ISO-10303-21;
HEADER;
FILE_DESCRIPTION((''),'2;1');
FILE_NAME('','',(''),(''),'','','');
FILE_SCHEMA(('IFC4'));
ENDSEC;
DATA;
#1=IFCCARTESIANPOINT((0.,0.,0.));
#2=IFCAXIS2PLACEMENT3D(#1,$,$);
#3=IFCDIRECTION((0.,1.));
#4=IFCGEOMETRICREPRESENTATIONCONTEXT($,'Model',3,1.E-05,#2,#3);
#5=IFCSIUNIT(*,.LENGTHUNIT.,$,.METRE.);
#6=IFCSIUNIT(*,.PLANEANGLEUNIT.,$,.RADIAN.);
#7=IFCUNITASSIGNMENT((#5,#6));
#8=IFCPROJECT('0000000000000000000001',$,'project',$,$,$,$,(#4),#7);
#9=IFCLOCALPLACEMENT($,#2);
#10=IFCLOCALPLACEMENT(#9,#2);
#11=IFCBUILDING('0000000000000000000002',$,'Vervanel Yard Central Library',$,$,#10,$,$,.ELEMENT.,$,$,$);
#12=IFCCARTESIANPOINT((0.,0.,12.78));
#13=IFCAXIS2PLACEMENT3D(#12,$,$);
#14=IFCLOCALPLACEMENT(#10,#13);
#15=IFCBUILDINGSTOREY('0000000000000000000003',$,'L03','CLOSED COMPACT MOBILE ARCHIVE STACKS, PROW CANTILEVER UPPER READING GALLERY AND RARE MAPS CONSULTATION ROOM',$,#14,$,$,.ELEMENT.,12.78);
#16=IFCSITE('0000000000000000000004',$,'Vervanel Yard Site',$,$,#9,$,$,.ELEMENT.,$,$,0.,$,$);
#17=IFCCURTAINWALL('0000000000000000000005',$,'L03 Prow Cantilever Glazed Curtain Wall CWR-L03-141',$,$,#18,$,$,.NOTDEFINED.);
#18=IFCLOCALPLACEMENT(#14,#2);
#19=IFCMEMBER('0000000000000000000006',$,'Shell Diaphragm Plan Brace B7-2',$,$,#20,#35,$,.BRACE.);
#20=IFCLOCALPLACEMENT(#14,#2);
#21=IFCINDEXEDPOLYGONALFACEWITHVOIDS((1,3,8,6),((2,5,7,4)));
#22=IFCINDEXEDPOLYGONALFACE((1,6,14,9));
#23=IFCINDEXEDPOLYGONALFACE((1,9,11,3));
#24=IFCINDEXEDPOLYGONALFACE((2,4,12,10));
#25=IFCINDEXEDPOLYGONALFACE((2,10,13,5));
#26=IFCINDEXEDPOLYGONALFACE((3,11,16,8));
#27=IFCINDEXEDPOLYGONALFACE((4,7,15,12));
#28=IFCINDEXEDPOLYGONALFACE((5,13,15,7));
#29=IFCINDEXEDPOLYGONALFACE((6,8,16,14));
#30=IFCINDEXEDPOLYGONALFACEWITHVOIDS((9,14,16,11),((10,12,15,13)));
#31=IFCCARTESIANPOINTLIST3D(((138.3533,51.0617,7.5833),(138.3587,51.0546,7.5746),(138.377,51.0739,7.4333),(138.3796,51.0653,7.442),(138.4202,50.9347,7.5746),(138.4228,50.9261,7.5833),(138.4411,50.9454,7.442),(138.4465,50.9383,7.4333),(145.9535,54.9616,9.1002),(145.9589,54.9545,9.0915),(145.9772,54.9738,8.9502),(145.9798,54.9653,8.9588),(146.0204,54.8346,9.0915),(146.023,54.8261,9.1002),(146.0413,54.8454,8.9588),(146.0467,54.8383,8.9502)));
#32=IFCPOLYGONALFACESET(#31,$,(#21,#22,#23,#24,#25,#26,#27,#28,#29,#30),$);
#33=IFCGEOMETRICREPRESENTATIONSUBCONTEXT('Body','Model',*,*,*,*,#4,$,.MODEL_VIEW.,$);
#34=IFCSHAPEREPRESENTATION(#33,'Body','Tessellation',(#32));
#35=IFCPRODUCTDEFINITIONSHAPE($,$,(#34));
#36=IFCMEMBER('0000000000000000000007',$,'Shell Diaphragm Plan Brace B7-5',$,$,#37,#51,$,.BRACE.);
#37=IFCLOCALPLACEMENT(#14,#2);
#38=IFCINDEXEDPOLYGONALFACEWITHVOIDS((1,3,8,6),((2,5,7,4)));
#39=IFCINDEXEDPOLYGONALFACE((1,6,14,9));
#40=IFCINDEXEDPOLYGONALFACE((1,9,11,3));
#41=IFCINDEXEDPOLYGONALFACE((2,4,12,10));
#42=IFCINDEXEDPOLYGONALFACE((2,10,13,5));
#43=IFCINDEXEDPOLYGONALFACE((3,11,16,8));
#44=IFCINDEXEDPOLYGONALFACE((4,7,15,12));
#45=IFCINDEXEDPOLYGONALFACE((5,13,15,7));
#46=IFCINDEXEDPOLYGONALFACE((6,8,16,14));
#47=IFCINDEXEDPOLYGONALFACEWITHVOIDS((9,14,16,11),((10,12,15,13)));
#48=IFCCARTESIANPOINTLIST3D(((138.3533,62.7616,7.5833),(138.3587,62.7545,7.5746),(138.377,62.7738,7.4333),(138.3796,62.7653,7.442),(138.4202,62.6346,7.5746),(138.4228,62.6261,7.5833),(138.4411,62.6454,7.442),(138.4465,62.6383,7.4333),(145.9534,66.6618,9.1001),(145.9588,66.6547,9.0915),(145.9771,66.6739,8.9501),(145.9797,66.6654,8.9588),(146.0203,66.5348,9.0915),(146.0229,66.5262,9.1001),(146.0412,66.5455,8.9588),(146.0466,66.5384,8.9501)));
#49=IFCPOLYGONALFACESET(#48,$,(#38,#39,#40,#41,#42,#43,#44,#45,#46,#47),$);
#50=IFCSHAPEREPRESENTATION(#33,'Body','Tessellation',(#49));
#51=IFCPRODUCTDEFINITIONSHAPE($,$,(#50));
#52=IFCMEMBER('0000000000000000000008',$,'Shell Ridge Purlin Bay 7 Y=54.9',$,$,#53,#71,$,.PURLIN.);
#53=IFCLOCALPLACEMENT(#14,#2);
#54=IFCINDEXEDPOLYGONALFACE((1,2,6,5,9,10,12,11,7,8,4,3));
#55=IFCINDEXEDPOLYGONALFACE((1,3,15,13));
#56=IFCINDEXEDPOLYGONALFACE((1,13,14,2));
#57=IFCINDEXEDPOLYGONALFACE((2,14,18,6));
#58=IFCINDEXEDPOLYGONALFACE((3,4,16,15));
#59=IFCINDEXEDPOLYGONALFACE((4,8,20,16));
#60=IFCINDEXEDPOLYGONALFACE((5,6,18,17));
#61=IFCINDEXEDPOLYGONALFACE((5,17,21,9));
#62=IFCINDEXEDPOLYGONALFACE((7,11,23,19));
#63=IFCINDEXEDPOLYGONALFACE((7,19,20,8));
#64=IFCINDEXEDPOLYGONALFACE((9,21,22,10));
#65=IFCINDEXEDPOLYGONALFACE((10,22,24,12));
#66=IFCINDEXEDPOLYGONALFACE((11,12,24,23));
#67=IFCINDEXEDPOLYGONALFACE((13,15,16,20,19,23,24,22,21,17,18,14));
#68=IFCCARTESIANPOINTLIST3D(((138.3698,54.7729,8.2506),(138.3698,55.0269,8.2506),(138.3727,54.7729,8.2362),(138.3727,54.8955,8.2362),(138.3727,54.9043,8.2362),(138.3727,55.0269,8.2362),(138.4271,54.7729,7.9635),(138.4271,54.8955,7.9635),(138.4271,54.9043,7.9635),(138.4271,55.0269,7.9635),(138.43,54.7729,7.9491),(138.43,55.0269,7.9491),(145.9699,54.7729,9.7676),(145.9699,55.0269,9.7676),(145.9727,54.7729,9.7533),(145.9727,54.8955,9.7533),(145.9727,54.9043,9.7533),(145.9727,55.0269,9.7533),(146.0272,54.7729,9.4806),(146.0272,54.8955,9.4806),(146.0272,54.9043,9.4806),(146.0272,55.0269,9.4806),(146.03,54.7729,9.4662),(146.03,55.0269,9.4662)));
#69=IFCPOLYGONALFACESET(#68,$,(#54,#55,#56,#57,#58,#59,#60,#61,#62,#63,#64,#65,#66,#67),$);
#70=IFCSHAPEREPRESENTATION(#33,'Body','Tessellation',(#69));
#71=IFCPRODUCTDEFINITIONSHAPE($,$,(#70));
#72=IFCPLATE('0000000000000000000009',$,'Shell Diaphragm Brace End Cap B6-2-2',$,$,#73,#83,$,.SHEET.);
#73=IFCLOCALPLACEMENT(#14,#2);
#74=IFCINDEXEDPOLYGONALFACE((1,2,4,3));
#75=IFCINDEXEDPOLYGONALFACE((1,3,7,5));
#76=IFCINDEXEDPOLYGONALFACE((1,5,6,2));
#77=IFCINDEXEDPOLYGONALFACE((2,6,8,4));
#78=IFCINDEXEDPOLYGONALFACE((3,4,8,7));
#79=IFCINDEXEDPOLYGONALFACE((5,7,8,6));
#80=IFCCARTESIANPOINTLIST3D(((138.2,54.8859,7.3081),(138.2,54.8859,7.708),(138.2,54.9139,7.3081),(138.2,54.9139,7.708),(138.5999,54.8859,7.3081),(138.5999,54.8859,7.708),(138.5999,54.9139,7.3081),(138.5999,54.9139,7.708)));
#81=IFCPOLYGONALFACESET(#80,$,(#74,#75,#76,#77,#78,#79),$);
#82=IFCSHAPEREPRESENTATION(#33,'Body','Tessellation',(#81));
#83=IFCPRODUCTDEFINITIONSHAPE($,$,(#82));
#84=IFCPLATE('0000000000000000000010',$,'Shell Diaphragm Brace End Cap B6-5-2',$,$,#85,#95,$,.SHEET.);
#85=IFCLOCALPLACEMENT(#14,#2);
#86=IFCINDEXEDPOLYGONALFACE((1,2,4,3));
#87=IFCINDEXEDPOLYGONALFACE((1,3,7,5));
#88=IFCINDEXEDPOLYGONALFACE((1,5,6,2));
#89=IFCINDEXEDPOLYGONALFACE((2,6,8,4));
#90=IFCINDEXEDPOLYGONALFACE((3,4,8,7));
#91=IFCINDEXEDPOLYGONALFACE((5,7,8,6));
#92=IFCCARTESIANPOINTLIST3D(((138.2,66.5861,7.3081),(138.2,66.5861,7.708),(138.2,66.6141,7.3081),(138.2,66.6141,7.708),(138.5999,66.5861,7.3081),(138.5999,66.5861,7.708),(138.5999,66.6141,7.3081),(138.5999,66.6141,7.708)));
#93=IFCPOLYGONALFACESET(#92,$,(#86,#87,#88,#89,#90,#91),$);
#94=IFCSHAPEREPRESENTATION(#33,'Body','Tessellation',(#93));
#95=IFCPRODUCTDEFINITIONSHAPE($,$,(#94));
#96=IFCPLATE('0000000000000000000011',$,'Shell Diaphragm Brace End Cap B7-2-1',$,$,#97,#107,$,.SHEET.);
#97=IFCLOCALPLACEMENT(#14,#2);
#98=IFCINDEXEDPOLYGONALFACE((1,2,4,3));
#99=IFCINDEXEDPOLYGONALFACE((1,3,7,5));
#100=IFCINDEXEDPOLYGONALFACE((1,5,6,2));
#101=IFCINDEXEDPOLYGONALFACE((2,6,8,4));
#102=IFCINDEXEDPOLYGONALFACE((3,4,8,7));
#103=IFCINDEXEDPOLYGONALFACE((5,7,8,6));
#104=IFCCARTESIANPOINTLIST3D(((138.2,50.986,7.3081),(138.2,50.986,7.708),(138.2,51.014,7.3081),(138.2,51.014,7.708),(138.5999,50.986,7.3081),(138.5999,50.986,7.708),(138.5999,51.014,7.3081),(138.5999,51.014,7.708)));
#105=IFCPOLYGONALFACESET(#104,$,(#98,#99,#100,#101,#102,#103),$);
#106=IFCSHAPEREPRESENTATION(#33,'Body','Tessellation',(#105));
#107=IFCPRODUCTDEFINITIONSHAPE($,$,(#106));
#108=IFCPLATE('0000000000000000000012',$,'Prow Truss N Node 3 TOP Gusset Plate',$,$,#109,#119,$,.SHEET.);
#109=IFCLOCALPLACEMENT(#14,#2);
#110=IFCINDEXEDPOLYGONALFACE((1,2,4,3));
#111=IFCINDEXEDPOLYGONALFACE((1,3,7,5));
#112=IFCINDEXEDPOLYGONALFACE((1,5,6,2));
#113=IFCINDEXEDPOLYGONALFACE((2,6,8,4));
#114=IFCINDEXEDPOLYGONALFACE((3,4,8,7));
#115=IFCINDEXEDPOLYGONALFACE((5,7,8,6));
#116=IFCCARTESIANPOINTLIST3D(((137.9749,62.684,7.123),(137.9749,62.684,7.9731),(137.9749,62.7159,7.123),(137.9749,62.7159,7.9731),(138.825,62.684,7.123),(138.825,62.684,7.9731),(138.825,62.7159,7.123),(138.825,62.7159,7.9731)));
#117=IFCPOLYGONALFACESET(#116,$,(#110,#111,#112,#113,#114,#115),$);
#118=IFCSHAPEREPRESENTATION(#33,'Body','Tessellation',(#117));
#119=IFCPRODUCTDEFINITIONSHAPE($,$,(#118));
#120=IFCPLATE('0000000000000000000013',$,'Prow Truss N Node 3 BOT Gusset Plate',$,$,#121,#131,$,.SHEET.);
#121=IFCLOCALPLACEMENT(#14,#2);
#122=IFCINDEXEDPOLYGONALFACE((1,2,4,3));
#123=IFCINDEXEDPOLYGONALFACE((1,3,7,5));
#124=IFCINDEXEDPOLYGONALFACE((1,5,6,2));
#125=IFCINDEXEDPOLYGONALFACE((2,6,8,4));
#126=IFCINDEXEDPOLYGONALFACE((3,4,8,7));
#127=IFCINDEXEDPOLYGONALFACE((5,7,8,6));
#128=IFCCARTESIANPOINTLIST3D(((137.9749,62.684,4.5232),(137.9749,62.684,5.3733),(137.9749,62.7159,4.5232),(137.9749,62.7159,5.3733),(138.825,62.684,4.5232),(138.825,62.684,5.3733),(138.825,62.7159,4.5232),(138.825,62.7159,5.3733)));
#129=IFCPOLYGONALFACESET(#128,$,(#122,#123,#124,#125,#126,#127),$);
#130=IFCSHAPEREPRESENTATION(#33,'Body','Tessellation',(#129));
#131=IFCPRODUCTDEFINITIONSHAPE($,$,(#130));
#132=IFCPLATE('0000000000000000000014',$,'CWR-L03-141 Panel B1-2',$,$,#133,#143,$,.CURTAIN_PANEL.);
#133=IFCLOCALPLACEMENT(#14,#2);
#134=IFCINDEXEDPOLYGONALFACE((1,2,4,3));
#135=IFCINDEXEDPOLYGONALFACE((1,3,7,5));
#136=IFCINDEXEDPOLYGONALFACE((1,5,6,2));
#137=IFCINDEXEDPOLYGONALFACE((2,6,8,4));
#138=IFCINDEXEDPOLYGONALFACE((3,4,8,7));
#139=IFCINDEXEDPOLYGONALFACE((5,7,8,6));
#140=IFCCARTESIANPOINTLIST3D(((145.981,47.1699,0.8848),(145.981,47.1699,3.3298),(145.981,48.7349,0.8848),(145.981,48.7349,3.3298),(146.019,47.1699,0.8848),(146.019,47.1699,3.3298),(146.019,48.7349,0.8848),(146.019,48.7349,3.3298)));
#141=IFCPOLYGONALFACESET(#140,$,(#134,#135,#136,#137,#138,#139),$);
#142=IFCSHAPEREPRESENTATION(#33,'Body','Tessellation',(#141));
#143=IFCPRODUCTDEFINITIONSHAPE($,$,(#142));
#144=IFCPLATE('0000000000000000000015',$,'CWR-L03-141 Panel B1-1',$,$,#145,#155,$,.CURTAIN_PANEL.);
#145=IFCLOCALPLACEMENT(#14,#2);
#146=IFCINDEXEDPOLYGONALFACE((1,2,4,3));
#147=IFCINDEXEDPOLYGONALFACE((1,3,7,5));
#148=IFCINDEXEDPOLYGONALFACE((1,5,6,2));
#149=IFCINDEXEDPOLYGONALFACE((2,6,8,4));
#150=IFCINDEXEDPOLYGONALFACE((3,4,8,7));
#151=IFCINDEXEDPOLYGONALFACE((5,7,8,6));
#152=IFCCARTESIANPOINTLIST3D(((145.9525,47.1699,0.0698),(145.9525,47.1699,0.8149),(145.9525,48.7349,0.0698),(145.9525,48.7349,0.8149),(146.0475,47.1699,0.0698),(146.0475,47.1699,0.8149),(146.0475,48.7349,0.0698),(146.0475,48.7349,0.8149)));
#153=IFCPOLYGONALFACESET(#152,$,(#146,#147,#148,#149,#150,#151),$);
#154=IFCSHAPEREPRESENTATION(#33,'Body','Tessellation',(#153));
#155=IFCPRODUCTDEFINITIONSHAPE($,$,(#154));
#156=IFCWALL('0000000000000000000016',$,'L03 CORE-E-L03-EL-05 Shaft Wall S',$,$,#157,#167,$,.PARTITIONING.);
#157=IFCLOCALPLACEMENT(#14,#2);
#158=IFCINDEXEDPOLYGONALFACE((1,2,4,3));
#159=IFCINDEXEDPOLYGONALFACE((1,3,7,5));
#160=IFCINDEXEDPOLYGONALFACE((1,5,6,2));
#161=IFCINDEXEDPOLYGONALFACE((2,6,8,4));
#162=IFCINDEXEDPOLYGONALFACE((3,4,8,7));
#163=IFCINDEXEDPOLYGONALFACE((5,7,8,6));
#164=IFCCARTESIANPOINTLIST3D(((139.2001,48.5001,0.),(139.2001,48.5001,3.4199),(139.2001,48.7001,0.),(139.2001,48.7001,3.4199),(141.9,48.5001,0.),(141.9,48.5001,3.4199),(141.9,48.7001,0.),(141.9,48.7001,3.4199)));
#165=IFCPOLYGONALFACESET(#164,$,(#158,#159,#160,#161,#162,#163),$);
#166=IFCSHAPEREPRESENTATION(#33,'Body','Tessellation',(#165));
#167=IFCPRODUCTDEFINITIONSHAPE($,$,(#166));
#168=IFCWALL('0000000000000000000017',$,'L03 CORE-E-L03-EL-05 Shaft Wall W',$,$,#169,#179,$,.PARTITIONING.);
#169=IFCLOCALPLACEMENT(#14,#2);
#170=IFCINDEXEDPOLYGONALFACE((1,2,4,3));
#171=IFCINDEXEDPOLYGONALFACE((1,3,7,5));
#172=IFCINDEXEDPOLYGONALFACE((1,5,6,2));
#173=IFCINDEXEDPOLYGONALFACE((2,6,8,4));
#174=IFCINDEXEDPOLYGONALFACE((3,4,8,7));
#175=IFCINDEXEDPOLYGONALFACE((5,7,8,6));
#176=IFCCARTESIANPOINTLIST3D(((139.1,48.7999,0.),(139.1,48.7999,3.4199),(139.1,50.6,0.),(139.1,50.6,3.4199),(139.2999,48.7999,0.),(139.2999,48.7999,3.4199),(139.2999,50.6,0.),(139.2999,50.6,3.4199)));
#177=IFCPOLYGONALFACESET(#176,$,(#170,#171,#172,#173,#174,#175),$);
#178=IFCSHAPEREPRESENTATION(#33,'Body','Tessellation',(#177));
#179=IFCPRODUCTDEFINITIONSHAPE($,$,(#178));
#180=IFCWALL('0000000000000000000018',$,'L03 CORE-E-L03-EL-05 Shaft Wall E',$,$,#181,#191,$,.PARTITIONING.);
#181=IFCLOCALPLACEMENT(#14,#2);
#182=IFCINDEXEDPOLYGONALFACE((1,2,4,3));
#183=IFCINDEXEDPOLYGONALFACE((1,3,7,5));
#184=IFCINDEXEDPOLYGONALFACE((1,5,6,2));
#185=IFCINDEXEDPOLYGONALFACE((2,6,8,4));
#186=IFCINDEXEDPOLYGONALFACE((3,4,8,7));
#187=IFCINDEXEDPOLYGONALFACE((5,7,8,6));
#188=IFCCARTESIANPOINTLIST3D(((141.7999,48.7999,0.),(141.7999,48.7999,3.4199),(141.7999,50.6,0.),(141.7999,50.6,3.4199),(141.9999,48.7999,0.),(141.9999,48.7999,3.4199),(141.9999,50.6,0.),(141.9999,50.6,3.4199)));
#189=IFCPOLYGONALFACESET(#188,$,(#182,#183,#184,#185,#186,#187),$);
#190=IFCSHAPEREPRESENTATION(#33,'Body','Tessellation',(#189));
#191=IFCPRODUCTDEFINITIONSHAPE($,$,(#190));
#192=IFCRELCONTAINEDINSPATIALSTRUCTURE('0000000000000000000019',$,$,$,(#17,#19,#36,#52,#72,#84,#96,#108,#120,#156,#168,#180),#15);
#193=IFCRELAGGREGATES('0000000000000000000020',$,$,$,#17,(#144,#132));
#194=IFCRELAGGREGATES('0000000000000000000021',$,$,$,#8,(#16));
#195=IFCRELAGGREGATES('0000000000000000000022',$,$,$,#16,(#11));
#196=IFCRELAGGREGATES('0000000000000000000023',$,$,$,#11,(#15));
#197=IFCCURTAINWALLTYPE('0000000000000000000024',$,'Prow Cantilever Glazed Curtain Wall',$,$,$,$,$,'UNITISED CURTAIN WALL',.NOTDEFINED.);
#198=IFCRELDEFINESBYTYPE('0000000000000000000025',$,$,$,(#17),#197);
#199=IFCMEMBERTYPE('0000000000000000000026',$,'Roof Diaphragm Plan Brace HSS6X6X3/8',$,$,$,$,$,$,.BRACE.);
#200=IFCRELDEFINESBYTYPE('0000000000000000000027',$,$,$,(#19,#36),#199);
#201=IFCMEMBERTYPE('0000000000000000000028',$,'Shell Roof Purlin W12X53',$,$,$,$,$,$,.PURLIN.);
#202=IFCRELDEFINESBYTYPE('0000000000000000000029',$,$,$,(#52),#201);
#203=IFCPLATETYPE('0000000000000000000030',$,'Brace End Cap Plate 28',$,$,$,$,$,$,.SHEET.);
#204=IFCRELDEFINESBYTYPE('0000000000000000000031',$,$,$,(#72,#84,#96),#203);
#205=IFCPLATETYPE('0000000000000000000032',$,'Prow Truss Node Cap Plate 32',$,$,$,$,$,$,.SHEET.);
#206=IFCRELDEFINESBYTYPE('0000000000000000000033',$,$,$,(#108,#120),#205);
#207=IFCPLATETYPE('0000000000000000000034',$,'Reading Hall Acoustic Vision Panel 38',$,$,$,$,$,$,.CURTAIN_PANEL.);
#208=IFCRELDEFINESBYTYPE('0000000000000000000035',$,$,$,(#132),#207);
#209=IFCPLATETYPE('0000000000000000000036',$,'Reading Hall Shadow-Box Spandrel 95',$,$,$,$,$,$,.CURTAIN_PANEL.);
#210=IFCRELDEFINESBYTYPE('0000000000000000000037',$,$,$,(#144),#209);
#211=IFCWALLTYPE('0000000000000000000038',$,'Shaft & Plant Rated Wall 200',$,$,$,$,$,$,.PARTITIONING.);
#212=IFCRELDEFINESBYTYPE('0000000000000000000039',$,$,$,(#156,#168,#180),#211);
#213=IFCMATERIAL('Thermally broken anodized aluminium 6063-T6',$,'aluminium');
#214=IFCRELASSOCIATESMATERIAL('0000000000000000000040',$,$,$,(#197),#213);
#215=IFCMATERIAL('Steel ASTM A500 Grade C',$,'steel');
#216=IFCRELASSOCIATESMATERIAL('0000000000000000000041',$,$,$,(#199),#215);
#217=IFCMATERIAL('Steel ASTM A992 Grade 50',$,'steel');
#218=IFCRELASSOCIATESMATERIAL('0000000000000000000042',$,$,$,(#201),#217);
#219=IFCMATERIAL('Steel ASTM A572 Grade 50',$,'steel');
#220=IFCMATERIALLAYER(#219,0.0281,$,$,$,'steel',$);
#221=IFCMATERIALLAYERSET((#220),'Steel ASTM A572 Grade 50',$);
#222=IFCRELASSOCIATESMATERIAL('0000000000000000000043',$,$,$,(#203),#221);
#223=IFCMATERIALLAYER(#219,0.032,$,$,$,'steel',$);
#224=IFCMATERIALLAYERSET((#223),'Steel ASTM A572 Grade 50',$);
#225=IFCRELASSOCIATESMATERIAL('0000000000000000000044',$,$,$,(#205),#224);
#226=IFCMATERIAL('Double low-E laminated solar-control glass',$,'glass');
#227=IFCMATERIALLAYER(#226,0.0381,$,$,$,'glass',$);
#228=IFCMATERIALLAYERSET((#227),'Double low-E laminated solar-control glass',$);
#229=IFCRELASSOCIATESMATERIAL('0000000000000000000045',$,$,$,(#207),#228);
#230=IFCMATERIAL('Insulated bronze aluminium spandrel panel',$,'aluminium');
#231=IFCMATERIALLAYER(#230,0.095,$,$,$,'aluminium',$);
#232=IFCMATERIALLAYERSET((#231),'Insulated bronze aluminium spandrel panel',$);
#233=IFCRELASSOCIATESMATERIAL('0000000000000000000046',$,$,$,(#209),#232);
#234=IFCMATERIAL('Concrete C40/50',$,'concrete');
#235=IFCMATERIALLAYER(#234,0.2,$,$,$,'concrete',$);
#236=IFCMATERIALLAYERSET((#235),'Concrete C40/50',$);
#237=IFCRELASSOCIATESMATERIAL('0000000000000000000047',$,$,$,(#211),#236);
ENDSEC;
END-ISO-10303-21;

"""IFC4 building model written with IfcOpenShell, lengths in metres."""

from ifc_helpers import new_model, si_unit, direction, frame, frame_2d, origin, origin_2d, place, context, subcontext, project, spatial, rectangle, hollow_rectangle, i_section, extrude, material, layer, layer_set, material_profile, profile_set, type_object, element, aggregate, save


model = new_model("IFC4")

# Units and contexts
model_context = context("Model", 3, precision=1e-05, world=origin(), true_north=direction((0.0, 1.0)))
body_context = subcontext(model_context, "Body", "Model", "MODEL_VIEW")
ifc_project = project(units=[si_unit("LENGTHUNIT", "METRE"), si_unit("PLANEANGLEUNIT", "RADIAN")], contexts=[model_context])

# Site, building, storey
site_placement = place(None, origin())
site = spatial("IfcSite", under=ifc_project, at=site_placement, Name="Vervanel Yard Site", CompositionType="ELEMENT", RefElevation=0.0)
building_placement = place(site_placement, origin())
building = spatial("IfcBuilding", under=site, at=building_placement, Name="Vervanel Yard Central Library", CompositionType="ELEMENT")
storey_placement = place(building_placement, frame((0.0, 0.0, 12.78)))
storey = spatial("IfcBuildingStorey", under=building, at=storey_placement, Name="L03", Description="CLOSED COMPACT MOBILE ARCHIVE STACKS, PROW CANTILEVER UPPER READING GALLERY AND RARE MAPS CONSULTATION ROOM", CompositionType="ELEMENT", Elevation=12.78)

# Shared definitions
ifc_material_1 = material(Name="Steel ASTM A992 Grade 50", Category="steel")
ifc_material_2 = material(Name="Steel ASTM A500 Grade C", Category="steel")

# Curtain wall
ifc_material_3 = material(Name="Thermally broken anodized aluminium 6063-T6", Category="aluminium")
curtain_wall_type = type_object("IfcCurtainWallType", Name="Prow Cantilever Glazed Curtain Wall", ElementType="UNITISED CURTAIN WALL", PredefinedType="NOTDEFINED", material=ifc_material_3)
curtain_wall_placement = place(storey_placement, origin())
curtain_wall = element("IfcCurtainWall", 1, at=curtain_wall_placement, inside=storey, type_object=curtain_wall_type, Name="L03 Prow Cantilever Glazed Curtain Wall CWR-L03-141", PredefinedType="NOTDEFINED")

# Members
ifc_material_profile_1 = material_profile(ifc_material_2, hollow_rectangle(XDim=0.1523, YDim=0.1523, WallThickness=0.0088, at=origin_2d()), Name="HSS6X6X3/8", Category="steel")
ifc_profile_set_1 = profile_set([ifc_material_profile_1], Name="Steel ASTM A500 Grade C")
member_type_1 = type_object("IfcMemberType", Name="Roof Diaphragm Plan Brace HSS6X6X3/8", PredefinedType="BRACE", material=ifc_profile_set_1)
for number, where, z_axis, x_axis, name in (
    (2, (138.3999, 51.0, 7.5083), (0.875999, 0.449509, 0.174834), (-0.456541, 0.889703, 0.0), "Shell Diaphragm Plan Brace B7-2"),
    (3, (138.3999, 62.7, 7.5083), (0.875988, 0.449531, 0.174832), (-0.456563, 0.889691, 0.0), "Shell Diaphragm Plan Brace B7-5"),
):
    element("IfcMember", number, at=place(storey_placement, frame(where, z_axis=z_axis, x_axis=x_axis)), inside=storey, type_object=member_type_1, Name=name, PredefinedType="BRACE", context=body_context, shape_type="SweptSolid", body=[
        extrude(hollow_rectangle(XDim=0.1523, YDim=0.1523, WallThickness=0.0088, at=origin_2d()), origin(), (0.0, 0.0, 1.0), 8.676),
    ])
ifc_material_profile_2 = material_profile(ifc_material_1, i_section(OverallWidth=0.2539, OverallDepth=0.3074, WebThickness=0.0088, FlangeThickness=0.0146, at=origin_2d()), Name="W12X53", Category="steel")
ifc_profile_set_2 = profile_set([ifc_material_profile_2], Name="Steel ASTM A992 Grade 50")
member_type_2 = type_object("IfcMemberType", Name="Shell Roof Purlin W12X53", PredefinedType="PURLIN", material=ifc_profile_set_2)
member_1_placement = place(storey_placement, frame((138.3999, 54.8999, 8.0999), z_axis=(0.980653, 0.0, 0.195753), x_axis=(0.0, 1.0, 0.0)))
element("IfcMember", 4, at=member_1_placement, inside=storey, type_object=member_type_2, Name="Shell Ridge Purlin Bay 7 Y=54.9", PredefinedType="PURLIN", context=body_context, shape_type="SweptSolid", body=[
    extrude(i_section(OverallWidth=0.2539, OverallDepth=0.3074, WebThickness=0.0088, FlangeThickness=0.0146, at=origin_2d()), origin(), (0.0, 0.0, 1.0), 7.75),
])

# Plates
ifc_material_4 = material(Name="Steel ASTM A572 Grade 50", Category="steel")
ifc_layer_1 = layer(ifc_material_4, 0.0281, Category="steel")
ifc_layer_set_1 = layer_set([ifc_layer_1], Name="Steel ASTM A572 Grade 50")
plate_type_1 = type_object("IfcPlateType", Name="Brace End Cap Plate 28", PredefinedType="SHEET", material=ifc_layer_set_1)
for number, where, z_axis, x_axis, name in (
    (5, (138.3999, 54.8999, 7.3081), (0.0, 0.0, 1.0), (1.0, 0.0, 0.0), "Shell Diaphragm Brace End Cap B6-2-2"),
    (6, (138.3999, 66.6001, 7.3081), (0.0, 0.0, 1.0), (1.0, 0.0, 0.0), "Shell Diaphragm Brace End Cap B6-5-2"),
    (7, (138.3999, 51.0, 7.3081), (0.0, 0.0, 1.0), (1.0, 0.0, 0.0), "Shell Diaphragm Brace End Cap B7-2-1"),
):
    element("IfcPlate", number, at=place(storey_placement, frame(where, z_axis=z_axis, x_axis=x_axis)), inside=storey, type_object=plate_type_1, Name=name, PredefinedType="SHEET", context=body_context, shape_type="SweptSolid", body=[
        extrude(rectangle(XDim=0.3999, YDim=0.0281, at=origin_2d()), origin(), (0.0, 0.0, 1.0), 0.3999),
    ])
ifc_layer_2 = layer(ifc_material_4, 0.032, Category="steel")
ifc_layer_set_2 = layer_set([ifc_layer_2], Name="Steel ASTM A572 Grade 50")
plate_type_2 = type_object("IfcPlateType", Name="Prow Truss Node Cap Plate 32", PredefinedType="SHEET", material=ifc_layer_set_2)
for number, where, z_axis, x_axis, name in (
    (8, (138.3999, 62.7, 7.123), (0.0, 0.0, 1.0), (1.0, 0.0, 0.0), "Prow Truss N Node 3 TOP Gusset Plate"),
    (9, (138.3999, 62.7, 4.5232), (0.0, 0.0, 1.0), (1.0, 0.0, 0.0), "Prow Truss N Node 3 BOT Gusset Plate"),
):
    element("IfcPlate", number, at=place(storey_placement, frame(where, z_axis=z_axis, x_axis=x_axis)), inside=storey, type_object=plate_type_2, Name=name, PredefinedType="SHEET", context=body_context, shape_type="SweptSolid", body=[
        extrude(rectangle(XDim=0.8501, YDim=0.032, at=origin_2d()), origin(), (0.0, 0.0, 1.0), 0.8501),
    ])

# Plates
ifc_material_5 = material(Name="Double low-E laminated solar-control glass", Category="glass")
ifc_layer_3 = layer(ifc_material_5, 0.0381, Category="glass")
ifc_layer_set_3 = layer_set([ifc_layer_3], Name="Double low-E laminated solar-control glass")
plate_type_3 = type_object("IfcPlateType", Name="Reading Hall Acoustic Vision Panel 38", PredefinedType="CURTAIN_PANEL", material=ifc_layer_set_3)
plate_1_placement = place(storey_placement, frame((146.0, 47.9524, 0.8848), z_axis=(0.0, 0.0, 1.0), x_axis=(0.0, 1.0, 0.0)))
plate_1 = element("IfcPlate", 10, at=plate_1_placement, type_object=plate_type_3, Name="CWR-L03-141 Panel B1-2", PredefinedType="CURTAIN_PANEL", context=body_context, shape_type="SweptSolid", body=[
    extrude(rectangle(XDim=1.5649, YDim=0.0381, at=origin_2d()), origin(), (0.0, 0.0, 1.0), 2.4451),
])
ifc_material_6 = material(Name="Insulated bronze aluminium spandrel panel", Category="aluminium")
ifc_layer_4 = layer(ifc_material_6, 0.095, Category="aluminium")
ifc_layer_set_4 = layer_set([ifc_layer_4], Name="Insulated bronze aluminium spandrel panel")
plate_type_4 = type_object("IfcPlateType", Name="Reading Hall Shadow-Box Spandrel 95", PredefinedType="CURTAIN_PANEL", material=ifc_layer_set_4)
plate_2_placement = place(storey_placement, frame((146.0, 47.9524, 0.0698), z_axis=(0.0, 0.0, 1.0), x_axis=(0.0, 1.0, 0.0)))
plate_2 = element("IfcPlate", 11, at=plate_2_placement, type_object=plate_type_4, Name="CWR-L03-141 Panel B1-1", PredefinedType="CURTAIN_PANEL", context=body_context, shape_type="SweptSolid", body=[
    extrude(rectangle(XDim=1.5649, YDim=0.095, at=origin_2d()), origin(), (0.0, 0.0, 1.0), 0.7451),
])
aggregate(curtain_wall, [plate_2, plate_1])

# Wall
ifc_material_7 = material(Name="Concrete C40/50", Category="concrete")
ifc_layer_5 = layer(ifc_material_7, 0.2, Category="concrete")
ifc_layer_set_5 = layer_set([ifc_layer_5], Name="Concrete C40/50")
wall_type = type_object("IfcWallType", Name="Shaft & Plant Rated Wall 200", PredefinedType="PARTITIONING", material=ifc_layer_set_5)
wall_1_placement = place(storey_placement, frame((139.2, 48.6001, 0.0), z_axis=(0.0, 0.0, 1.0), x_axis=(1.0, 0.0, 0.0)))
element("IfcWall", 12, at=wall_1_placement, inside=storey, type_object=wall_type, Name="L03 CORE-E-L03-EL-05 Shaft Wall S", PredefinedType="PARTITIONING", context=body_context, shape_type="SweptSolid", body=[
    extrude(rectangle(XDim=2.7, YDim=0.2, at=frame_2d((1.3501, 0.0))), origin(), (0.0, 0.0, 1.0), 3.4199),
])

# Walls
for number, where, z_axis, x_axis, name in (
    (13, (139.2, 48.8, 0.0), (0.0, 0.0, 1.0), (0.0, 1.0, 0.0), "L03 CORE-E-L03-EL-05 Shaft Wall W"),
    (14, (141.8999, 48.8, 0.0), (0.0, 0.0, 1.0), (0.0, 1.0, 0.0), "L03 CORE-E-L03-EL-05 Shaft Wall E"),
):
    element("IfcWall", number, at=place(storey_placement, frame(where, z_axis=z_axis, x_axis=x_axis)), inside=storey, type_object=wall_type, Name=name, PredefinedType="PARTITIONING", context=body_context, shape_type="SweptSolid", body=[
        extrude(rectangle(XDim=1.8, YDim=0.2, at=frame_2d((0.8999, 0.0))), origin(), (0.0, 0.0, 1.0), 3.4199),
    ])

save(model, "model.ifc")
